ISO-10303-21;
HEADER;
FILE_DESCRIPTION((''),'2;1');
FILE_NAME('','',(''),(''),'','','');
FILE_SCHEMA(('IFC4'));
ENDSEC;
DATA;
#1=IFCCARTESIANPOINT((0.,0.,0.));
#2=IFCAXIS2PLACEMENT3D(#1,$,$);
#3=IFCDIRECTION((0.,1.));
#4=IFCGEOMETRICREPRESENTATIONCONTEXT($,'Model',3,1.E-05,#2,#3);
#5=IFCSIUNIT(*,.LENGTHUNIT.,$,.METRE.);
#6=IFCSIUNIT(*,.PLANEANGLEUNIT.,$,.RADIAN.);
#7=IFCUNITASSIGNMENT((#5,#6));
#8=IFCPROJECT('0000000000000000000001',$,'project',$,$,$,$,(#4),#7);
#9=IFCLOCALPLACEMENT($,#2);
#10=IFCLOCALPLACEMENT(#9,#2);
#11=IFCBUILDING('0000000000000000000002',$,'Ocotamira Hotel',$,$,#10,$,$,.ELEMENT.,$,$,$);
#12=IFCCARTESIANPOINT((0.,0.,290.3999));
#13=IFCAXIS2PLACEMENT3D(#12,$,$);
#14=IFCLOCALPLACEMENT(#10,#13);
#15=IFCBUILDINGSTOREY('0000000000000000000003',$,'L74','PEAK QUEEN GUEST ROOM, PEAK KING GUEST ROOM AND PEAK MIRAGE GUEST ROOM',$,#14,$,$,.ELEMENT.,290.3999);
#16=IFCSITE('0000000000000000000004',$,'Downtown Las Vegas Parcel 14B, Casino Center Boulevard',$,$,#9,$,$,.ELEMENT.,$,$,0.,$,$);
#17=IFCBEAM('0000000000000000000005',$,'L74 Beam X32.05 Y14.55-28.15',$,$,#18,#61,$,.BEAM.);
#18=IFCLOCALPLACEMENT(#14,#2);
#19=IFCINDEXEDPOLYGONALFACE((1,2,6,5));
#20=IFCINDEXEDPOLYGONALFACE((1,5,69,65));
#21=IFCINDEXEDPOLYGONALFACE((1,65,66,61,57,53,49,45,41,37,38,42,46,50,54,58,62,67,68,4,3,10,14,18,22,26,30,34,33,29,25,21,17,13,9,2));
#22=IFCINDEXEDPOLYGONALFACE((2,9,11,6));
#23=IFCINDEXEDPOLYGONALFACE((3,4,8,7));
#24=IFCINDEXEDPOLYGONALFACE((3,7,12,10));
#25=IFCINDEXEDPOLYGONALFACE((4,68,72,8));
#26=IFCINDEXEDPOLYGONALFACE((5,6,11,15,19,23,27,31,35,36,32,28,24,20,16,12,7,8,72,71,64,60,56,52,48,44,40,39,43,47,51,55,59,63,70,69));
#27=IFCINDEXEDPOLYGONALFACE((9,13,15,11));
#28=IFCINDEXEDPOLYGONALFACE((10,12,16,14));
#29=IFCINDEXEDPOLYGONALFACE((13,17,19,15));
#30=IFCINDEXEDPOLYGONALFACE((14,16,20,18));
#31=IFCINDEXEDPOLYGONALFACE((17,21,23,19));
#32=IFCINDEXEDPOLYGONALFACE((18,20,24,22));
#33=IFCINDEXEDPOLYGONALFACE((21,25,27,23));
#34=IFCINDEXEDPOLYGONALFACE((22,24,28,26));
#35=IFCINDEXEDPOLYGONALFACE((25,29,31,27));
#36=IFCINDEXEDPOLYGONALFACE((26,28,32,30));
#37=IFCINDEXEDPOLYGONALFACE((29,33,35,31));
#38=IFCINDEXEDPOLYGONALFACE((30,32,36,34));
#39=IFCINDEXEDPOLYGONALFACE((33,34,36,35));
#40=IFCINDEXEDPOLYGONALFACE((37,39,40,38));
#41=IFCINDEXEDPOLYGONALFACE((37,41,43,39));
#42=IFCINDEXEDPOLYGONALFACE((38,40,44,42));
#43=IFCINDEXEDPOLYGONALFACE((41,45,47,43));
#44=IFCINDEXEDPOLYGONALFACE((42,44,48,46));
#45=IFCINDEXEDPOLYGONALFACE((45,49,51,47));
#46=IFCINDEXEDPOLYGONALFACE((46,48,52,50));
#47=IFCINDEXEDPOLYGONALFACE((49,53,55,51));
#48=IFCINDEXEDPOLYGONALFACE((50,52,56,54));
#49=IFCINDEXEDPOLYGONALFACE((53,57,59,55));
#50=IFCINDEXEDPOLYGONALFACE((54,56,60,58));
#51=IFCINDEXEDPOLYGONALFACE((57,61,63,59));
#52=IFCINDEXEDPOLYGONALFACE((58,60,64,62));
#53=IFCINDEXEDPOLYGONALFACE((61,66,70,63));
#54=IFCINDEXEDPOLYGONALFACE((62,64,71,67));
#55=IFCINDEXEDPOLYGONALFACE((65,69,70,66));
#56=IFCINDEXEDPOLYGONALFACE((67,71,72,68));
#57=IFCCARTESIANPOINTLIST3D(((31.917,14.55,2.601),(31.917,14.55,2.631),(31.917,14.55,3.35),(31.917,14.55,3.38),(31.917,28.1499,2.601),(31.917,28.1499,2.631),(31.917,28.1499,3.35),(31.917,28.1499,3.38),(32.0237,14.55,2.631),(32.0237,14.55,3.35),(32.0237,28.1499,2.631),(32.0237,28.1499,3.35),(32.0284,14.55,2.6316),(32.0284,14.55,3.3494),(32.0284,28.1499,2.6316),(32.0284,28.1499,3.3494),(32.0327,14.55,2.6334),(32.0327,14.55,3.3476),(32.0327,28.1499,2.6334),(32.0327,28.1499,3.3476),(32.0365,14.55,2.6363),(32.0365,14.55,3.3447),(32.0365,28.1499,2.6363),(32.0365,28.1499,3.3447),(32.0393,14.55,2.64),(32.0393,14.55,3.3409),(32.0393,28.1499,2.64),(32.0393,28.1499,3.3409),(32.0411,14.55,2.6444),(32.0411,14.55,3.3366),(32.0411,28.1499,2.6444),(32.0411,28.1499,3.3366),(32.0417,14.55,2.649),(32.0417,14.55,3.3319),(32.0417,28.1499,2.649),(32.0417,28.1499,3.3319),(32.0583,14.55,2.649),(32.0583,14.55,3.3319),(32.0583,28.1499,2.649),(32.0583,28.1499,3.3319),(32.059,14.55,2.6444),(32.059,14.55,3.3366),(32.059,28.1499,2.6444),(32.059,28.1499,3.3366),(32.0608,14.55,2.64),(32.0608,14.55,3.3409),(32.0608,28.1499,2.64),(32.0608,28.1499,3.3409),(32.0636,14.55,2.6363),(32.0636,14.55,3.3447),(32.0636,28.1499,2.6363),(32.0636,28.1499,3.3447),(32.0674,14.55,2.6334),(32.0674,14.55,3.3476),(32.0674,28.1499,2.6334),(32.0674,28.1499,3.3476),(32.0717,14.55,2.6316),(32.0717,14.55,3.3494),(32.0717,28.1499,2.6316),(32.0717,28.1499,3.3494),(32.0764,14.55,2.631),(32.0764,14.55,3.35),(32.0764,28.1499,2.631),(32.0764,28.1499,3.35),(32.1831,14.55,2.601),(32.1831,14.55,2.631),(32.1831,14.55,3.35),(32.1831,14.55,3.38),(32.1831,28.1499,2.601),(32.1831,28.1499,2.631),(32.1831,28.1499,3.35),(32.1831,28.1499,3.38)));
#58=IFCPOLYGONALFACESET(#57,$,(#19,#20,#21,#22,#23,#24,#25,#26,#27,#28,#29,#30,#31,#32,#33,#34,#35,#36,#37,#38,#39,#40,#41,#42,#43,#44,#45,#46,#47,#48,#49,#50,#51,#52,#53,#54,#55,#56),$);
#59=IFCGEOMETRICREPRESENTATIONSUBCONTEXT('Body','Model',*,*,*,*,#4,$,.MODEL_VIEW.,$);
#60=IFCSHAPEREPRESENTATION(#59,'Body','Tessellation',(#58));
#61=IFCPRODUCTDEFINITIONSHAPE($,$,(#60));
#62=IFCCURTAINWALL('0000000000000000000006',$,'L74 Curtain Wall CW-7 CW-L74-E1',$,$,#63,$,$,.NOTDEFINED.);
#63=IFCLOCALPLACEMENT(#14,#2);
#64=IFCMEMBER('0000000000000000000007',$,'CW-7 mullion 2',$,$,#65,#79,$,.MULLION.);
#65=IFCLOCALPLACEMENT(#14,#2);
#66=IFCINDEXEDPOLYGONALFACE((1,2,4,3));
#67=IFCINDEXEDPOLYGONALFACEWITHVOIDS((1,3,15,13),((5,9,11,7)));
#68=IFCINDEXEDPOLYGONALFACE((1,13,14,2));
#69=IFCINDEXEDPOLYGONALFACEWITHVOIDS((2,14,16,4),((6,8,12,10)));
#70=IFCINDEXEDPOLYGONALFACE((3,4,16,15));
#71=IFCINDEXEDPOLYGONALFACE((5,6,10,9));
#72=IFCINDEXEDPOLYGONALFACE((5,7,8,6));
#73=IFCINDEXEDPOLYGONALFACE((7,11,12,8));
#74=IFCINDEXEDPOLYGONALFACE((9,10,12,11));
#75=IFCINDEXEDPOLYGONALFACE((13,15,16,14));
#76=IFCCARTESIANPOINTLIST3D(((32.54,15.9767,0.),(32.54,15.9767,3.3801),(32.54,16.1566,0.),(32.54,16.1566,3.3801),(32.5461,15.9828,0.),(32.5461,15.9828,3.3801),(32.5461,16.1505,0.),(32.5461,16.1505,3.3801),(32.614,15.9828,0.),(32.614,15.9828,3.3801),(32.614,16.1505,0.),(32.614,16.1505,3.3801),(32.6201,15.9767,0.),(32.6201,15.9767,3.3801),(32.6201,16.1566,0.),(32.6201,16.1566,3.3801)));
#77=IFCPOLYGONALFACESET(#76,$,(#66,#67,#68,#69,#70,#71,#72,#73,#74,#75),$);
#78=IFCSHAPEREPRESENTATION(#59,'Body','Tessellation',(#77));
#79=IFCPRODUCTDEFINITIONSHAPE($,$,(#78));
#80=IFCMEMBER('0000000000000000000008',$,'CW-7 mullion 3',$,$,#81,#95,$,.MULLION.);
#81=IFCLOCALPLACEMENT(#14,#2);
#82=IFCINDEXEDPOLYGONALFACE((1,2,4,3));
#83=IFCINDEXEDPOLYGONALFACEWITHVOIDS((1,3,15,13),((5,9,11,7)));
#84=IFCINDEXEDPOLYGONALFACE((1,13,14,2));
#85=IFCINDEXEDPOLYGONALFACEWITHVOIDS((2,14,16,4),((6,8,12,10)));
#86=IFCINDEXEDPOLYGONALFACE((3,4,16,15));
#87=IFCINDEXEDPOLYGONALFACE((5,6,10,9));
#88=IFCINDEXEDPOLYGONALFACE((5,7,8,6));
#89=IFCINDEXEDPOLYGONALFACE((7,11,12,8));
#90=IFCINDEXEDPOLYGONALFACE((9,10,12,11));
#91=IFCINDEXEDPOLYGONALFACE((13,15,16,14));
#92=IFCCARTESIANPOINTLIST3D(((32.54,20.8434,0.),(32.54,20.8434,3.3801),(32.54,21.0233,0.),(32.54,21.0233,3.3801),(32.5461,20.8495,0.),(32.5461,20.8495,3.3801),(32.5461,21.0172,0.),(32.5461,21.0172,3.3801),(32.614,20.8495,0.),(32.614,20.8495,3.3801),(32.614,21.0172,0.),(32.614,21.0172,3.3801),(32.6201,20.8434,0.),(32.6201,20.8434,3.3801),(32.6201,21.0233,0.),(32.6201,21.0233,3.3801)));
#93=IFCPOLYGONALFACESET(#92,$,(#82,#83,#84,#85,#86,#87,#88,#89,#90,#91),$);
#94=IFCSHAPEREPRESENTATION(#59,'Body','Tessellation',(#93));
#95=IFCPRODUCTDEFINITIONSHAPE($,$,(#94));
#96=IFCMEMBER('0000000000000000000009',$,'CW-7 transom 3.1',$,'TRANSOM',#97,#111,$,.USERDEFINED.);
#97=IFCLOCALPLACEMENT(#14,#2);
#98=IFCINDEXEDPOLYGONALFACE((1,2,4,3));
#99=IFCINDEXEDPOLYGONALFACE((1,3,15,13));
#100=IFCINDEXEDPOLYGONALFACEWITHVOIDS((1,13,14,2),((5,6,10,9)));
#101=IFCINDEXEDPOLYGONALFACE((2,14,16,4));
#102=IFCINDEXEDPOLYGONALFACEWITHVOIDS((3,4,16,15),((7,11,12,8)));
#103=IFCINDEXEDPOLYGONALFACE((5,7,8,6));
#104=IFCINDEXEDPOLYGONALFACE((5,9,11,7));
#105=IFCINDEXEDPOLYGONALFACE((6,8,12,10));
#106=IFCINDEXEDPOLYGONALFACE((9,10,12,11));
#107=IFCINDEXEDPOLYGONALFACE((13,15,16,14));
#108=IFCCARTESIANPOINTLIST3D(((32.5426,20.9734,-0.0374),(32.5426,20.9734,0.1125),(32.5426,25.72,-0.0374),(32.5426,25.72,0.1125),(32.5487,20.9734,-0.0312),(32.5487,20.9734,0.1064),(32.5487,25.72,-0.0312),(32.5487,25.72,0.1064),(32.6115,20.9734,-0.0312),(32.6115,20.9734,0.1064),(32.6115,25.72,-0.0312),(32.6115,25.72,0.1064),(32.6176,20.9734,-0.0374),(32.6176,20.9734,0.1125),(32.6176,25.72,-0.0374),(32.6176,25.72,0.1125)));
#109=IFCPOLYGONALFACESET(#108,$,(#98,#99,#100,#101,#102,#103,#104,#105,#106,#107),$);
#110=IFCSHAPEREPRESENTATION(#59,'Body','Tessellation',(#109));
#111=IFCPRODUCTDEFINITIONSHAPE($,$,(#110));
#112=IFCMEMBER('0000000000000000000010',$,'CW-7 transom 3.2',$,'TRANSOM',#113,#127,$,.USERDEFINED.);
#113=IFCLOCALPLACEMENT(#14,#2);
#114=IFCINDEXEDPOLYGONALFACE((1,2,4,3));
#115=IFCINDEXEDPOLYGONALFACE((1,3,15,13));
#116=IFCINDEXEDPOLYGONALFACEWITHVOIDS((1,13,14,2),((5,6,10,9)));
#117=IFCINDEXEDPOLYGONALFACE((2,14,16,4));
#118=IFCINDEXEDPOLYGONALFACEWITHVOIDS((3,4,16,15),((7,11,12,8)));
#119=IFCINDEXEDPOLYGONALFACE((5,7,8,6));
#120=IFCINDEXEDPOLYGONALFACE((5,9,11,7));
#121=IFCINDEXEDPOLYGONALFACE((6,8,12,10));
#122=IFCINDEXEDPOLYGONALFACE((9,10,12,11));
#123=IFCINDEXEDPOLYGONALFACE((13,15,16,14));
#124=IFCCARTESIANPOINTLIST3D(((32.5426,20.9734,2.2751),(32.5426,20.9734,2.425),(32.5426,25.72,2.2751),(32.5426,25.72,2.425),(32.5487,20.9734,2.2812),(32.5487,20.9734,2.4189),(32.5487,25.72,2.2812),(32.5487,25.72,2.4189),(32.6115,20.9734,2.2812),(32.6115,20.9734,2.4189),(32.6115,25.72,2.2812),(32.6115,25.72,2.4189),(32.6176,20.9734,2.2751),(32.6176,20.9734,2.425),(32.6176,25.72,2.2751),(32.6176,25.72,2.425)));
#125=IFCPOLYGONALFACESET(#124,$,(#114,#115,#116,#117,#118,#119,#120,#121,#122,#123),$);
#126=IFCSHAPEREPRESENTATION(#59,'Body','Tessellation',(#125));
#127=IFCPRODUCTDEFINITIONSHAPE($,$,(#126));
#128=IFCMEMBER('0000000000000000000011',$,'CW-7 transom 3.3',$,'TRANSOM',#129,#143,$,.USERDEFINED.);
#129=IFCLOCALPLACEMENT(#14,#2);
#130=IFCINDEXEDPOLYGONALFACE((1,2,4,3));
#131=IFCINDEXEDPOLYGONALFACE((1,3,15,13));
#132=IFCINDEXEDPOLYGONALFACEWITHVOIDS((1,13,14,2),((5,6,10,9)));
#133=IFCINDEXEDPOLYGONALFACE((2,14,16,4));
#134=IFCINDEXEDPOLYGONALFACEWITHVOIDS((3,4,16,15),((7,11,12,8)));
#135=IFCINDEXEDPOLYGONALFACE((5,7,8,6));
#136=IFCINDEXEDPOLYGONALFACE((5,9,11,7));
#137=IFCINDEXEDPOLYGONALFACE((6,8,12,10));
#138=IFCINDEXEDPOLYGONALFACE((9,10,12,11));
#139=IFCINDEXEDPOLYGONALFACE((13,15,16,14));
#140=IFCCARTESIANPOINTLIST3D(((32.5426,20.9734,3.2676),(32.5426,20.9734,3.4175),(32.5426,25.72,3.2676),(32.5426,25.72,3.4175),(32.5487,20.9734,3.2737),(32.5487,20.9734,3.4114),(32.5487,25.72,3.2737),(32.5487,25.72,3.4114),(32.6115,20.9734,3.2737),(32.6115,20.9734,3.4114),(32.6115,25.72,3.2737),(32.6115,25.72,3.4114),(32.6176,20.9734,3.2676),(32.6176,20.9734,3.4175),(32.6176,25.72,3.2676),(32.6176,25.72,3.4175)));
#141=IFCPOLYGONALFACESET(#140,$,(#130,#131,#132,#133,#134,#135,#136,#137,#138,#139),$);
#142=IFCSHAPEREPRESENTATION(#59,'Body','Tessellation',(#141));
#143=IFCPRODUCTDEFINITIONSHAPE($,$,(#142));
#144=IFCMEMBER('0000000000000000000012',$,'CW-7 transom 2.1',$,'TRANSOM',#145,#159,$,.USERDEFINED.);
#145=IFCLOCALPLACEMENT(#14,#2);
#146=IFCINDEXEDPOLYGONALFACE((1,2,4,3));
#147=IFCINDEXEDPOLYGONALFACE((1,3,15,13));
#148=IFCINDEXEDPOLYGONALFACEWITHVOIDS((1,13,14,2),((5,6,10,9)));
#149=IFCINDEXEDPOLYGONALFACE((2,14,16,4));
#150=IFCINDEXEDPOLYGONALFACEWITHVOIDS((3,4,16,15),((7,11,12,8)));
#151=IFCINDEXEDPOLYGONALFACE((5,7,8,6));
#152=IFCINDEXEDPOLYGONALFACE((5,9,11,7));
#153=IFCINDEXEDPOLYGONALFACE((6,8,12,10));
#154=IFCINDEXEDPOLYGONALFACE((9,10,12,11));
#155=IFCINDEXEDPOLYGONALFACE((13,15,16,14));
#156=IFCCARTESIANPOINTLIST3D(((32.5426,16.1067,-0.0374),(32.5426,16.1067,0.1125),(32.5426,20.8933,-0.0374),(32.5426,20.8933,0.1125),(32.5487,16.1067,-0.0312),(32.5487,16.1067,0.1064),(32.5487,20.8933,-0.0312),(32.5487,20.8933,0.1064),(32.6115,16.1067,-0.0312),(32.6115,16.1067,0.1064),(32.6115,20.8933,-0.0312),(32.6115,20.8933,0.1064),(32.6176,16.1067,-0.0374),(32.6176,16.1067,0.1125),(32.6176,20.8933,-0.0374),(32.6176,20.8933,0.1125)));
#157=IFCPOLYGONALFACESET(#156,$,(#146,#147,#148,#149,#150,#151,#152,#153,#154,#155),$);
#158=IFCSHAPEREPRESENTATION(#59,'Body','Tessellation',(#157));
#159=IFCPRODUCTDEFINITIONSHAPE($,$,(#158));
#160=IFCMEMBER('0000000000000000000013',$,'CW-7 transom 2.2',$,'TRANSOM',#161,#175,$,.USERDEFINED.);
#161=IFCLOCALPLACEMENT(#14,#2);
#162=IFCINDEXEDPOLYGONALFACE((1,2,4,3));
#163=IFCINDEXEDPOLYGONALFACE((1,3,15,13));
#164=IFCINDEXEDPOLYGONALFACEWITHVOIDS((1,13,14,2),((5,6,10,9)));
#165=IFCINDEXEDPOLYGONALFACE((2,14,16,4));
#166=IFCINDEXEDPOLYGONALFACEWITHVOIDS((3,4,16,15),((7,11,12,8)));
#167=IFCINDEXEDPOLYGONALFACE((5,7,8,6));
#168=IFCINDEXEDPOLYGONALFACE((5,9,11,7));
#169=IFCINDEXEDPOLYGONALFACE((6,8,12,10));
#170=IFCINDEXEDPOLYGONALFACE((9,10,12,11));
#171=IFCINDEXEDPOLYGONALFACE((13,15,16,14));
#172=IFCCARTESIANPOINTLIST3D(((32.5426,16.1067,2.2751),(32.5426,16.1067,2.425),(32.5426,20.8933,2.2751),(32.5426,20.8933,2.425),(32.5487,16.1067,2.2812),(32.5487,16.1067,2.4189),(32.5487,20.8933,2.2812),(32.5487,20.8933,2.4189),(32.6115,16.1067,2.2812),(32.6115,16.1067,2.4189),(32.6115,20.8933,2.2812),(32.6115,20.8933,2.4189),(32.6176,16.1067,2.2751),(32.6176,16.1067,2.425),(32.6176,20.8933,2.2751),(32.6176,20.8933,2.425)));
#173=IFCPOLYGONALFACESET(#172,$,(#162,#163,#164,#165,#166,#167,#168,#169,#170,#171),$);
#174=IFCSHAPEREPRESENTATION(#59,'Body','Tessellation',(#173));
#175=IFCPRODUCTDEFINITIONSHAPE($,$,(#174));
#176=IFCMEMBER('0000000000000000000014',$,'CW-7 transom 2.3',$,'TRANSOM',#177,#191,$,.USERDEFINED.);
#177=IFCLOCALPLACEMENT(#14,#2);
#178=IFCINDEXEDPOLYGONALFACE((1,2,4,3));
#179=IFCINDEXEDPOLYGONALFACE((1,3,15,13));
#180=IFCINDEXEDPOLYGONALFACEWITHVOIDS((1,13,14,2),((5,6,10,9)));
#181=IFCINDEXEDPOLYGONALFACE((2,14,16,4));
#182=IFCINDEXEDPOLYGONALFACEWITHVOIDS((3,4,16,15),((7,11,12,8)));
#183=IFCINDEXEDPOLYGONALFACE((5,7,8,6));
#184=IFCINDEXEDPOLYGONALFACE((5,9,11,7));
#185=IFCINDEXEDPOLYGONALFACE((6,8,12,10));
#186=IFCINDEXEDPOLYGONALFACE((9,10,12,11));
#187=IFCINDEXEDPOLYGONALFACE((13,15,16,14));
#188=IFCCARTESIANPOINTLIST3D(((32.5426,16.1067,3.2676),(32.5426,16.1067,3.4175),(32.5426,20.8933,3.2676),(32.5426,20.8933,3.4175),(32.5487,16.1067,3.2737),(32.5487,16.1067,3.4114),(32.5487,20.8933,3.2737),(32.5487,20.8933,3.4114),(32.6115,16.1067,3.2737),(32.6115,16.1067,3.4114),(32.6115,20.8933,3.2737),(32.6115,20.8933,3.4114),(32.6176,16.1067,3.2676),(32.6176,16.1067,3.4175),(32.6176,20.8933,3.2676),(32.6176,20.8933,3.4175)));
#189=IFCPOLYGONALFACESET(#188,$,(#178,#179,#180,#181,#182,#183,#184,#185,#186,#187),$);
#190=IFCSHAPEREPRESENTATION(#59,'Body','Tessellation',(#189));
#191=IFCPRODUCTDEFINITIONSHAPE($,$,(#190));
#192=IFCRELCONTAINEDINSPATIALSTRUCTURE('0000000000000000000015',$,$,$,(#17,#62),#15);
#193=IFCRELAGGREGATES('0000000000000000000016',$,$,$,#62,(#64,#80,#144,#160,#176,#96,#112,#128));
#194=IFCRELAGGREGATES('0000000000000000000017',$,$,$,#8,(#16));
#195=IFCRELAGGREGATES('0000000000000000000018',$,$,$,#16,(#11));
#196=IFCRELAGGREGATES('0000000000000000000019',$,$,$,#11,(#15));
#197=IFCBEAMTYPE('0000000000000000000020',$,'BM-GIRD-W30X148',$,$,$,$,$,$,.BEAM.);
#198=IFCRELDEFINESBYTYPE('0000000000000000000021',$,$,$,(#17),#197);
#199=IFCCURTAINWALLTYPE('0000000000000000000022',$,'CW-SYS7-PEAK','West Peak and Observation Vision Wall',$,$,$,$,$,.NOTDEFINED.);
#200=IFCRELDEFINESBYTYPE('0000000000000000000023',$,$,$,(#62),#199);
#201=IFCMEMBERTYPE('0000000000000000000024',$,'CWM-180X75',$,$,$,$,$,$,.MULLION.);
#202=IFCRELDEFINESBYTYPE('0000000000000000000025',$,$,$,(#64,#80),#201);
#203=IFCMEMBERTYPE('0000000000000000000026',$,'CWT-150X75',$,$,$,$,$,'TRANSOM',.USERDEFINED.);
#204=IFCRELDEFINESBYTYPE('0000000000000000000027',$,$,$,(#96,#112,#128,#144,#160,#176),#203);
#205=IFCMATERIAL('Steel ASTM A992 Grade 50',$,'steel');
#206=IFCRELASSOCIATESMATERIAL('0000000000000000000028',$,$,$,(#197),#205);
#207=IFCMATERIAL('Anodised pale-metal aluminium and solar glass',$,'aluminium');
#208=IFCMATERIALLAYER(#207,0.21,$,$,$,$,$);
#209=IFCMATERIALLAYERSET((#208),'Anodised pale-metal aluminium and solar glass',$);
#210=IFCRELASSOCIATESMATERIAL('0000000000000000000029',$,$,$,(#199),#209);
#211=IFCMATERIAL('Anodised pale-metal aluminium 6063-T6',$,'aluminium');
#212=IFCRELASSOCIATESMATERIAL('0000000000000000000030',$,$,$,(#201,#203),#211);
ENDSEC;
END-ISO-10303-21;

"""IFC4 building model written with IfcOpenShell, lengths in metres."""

from ifc_helpers import new_model, si_unit, direction, frame, origin, origin_2d, place, context, subcontext, project, spatial, hollow_rectangle, i_section, extrude, source, transform, mapped, material, layer, layer_set, material_profile, profile_set, type_object, element, aggregate, save


model = new_model("IFC4")

# Units and contexts
model_context = context("Model", 3, precision=1e-05, world=origin(), true_north=direction((0.0, 1.0)))
body_context = subcontext(model_context, "Body", "Model", "MODEL_VIEW")
ifc_project = project(units=[si_unit("LENGTHUNIT", "METRE"), si_unit("PLANEANGLEUNIT", "RADIAN")], contexts=[model_context])

# Site, building, storey
site_placement = place(None, origin())
site = spatial("IfcSite", under=ifc_project, at=site_placement, Name="Downtown Las Vegas Parcel 14B, Casino Center Boulevard", CompositionType="ELEMENT", RefElevation=0.0)
building_placement = place(site_placement, origin())
building = spatial("IfcBuilding", under=site, at=building_placement, Name="Ocotamira Hotel", CompositionType="ELEMENT")
storey_placement = place(building_placement, frame((0.0, 0.0, 290.3999)))
storey = spatial("IfcBuildingStorey", under=building, at=storey_placement, Name="L74", Description="PEAK QUEEN GUEST ROOM, PEAK KING GUEST ROOM AND PEAK MIRAGE GUEST ROOM", CompositionType="ELEMENT", Elevation=290.3999)

# Beam
ifc_material_1 = material(Name="Steel ASTM A992 Grade 50", Category="steel")
ifc_material_profile_1 = material_profile(ifc_material_1, i_section(OverallWidth=0.2661, OverallDepth=0.7791, WebThickness=0.0166, FlangeThickness=0.03, FilletRadius=0.0181, at=origin_2d()), Name="W30X148")
ifc_profile_set_1 = profile_set([ifc_material_profile_1], Name="Steel ASTM A992 Grade 50")
beam_type = type_object("IfcBeamType", Name="BM-GIRD-W30X148", PredefinedType="BEAM", material=ifc_profile_set_1)
shared_shape_1 = source(origin(), body_context, "Body", "SweptSolid", [
    extrude(i_section(OverallWidth=0.2661, OverallDepth=0.7791, WebThickness=0.0166, FlangeThickness=0.03, FilletRadius=0.0181, at=origin_2d()), origin(), (0.0, 0.0, 1.0), 13.5999),
])
beam_placement = place(storey_placement, frame((32.05, 14.55, 2.9905), z_axis=(0.0, 1.0, 0.0), x_axis=(-1.0, 0.0, 0.0)))
element("IfcBeam", 1, at=beam_placement, inside=storey, type_object=beam_type, Name="L74 Beam X32.05 Y14.55-28.15", PredefinedType="BEAM", context=body_context, shape_type="MappedRepresentation", body=[
    mapped(shared_shape_1, transform((0.0, 0.0, 0.0), scale=1.0)),
])

# Curtain wall, members
ifc_material_2 = material(Name="Anodised pale-metal aluminium and solar glass", Category="aluminium")
ifc_layer_1 = layer(ifc_material_2, 0.21)
ifc_layer_set_1 = layer_set([ifc_layer_1], Name="Anodised pale-metal aluminium and solar glass")
curtain_wall_type = type_object("IfcCurtainWallType", Name="CW-SYS7-PEAK", Description="West Peak and Observation Vision Wall", PredefinedType="NOTDEFINED", material=ifc_layer_set_1)
curtain_wall_placement = place(storey_placement, origin())
curtain_wall = element("IfcCurtainWall", 2, at=curtain_wall_placement, inside=storey, type_object=curtain_wall_type, Name="L74 Curtain Wall CW-7 CW-L74-E1", PredefinedType="NOTDEFINED")
ifc_material_3 = material(Name="Anodised pale-metal aluminium 6063-T6", Category="aluminium")
ifc_material_profile_2 = material_profile(ifc_material_3, hollow_rectangle(XDim=0.0801, YDim=0.1799, WallThickness=0.0061, at=origin_2d()), Name="HSS180X80X6")
ifc_profile_set_2 = profile_set([ifc_material_profile_2], Name="Anodised pale-metal aluminium 6063-T6")
member_type_1 = type_object("IfcMemberType", Name="CWM-180X75", PredefinedType="MULLION", material=ifc_profile_set_2)
shared_shape_2 = source(origin(), body_context, "Body", "SweptSolid", [
    extrude(hollow_rectangle(XDim=0.0801, YDim=0.1799, WallThickness=0.0061, at=origin_2d()), origin(), (0.0, 0.0, 1.0), 3.3801),
])
member_1_placement = place(storey_placement, frame((32.5801, 16.0667, 0.0), z_axis=(0.0, 0.0, 1.0), x_axis=(-1.0, 0.0, 0.0)))
member_1 = element("IfcMember", 3, at=member_1_placement, type_object=member_type_1, Name="CW-7 mullion 2", PredefinedType="MULLION", context=body_context, shape_type="MappedRepresentation", body=[
    mapped(shared_shape_2, transform((0.0, 0.0, 0.0), scale=1.0)),
])
member_2_placement = place(storey_placement, frame((32.5801, 20.9333, 0.0), z_axis=(0.0, 0.0, 1.0), x_axis=(-1.0, 0.0, 0.0)))
member_2 = element("IfcMember", 4, at=member_2_placement, type_object=member_type_1, Name="CW-7 mullion 3", PredefinedType="MULLION", context=body_context, shape_type="MappedRepresentation", body=[
    mapped(shared_shape_2, transform((0.0, 0.0, 0.0), scale=1.0)),
])
ifc_material_profile_3 = material_profile(ifc_material_3, hollow_rectangle(XDim=0.075, YDim=0.1499, WallThickness=0.0061, at=origin_2d()), Name="HSS150X75X6")
ifc_profile_set_3 = profile_set([ifc_material_profile_3], Name="Anodised pale-metal aluminium 6063-T6")
member_type_2 = type_object("IfcMemberType", Name="CWT-150X75", ElementType="TRANSOM", PredefinedType="USERDEFINED", material=ifc_profile_set_3)
shared_shape_3 = source(origin(), body_context, "Body", "SweptSolid", [
    extrude(hollow_rectangle(XDim=0.075, YDim=0.1499, WallThickness=0.0061, at=origin_2d()), origin(), (0.0, 0.0, 1.0), 4.7466),
])
member_3_placement = place(storey_placement, frame((32.5801, 20.9734, 0.0376), z_axis=(0.0, 1.0, 0.0), x_axis=(-1.0, 0.0, 0.0)))
member_3 = element("IfcMember", 5, at=member_3_placement, type_object=member_type_2, Name="CW-7 transom 3.1", ObjectType="TRANSOM", PredefinedType="USERDEFINED", context=body_context, shape_type="MappedRepresentation", body=[
    mapped(shared_shape_3, transform((0.0, 0.0, 0.0), scale=1.0)),
])
member_4_placement = place(storey_placement, frame((32.5801, 20.9734, 2.3501), z_axis=(0.0, 1.0, 0.0), x_axis=(-1.0, 0.0, 0.0)))
member_4 = element("IfcMember", 6, at=member_4_placement, type_object=member_type_2, Name="CW-7 transom 3.2", ObjectType="TRANSOM", PredefinedType="USERDEFINED", context=body_context, shape_type="MappedRepresentation", body=[
    mapped(shared_shape_3, transform((0.0, 0.0, 0.0), scale=1.0)),
])
member_5_placement = place(storey_placement, frame((32.5801, 20.9734, 3.3425), z_axis=(0.0, 1.0, 0.0), x_axis=(-1.0, 0.0, 0.0)))
member_5 = element("IfcMember", 7, at=member_5_placement, type_object=member_type_2, Name="CW-7 transom 3.3", ObjectType="TRANSOM", PredefinedType="USERDEFINED", context=body_context, shape_type="MappedRepresentation", body=[
    mapped(shared_shape_3, transform((0.0, 0.0, 0.0), scale=1.0)),
])
shared_shape_4 = source(origin(), body_context, "Body", "SweptSolid", [
    extrude(hollow_rectangle(XDim=0.075, YDim=0.1499, WallThickness=0.0061, at=origin_2d()), origin(), (0.0, 0.0, 1.0), 4.7866),
])
member_6_placement = place(storey_placement, frame((32.5801, 16.1067, 0.0376), z_axis=(0.0, 1.0, 0.0), x_axis=(-1.0, 0.0, 0.0)))
member_6 = element("IfcMember", 8, at=member_6_placement, type_object=member_type_2, Name="CW-7 transom 2.1", ObjectType="TRANSOM", PredefinedType="USERDEFINED", context=body_context, shape_type="MappedRepresentation", body=[
    mapped(shared_shape_4, transform((0.0, 0.0, 0.0), scale=1.0)),
])
member_7_placement = place(storey_placement, frame((32.5801, 16.1067, 2.3501), z_axis=(0.0, 1.0, 0.0), x_axis=(-1.0, 0.0, 0.0)))
member_7 = element("IfcMember", 9, at=member_7_placement, type_object=member_type_2, Name="CW-7 transom 2.2", ObjectType="TRANSOM", PredefinedType="USERDEFINED", context=body_context, shape_type="MappedRepresentation", body=[
    mapped(shared_shape_4, transform((0.0, 0.0, 0.0), scale=1.0)),
])
member_8_placement = place(storey_placement, frame((32.5801, 16.1067, 3.3425), z_axis=(0.0, 1.0, 0.0), x_axis=(-1.0, 0.0, 0.0)))
member_8 = element("IfcMember", 10, at=member_8_placement, type_object=member_type_2, Name="CW-7 transom 2.3", ObjectType="TRANSOM", PredefinedType="USERDEFINED", context=body_context, shape_type="MappedRepresentation", body=[
    mapped(shared_shape_4, transform((0.0, 0.0, 0.0), scale=1.0)),
])
aggregate(curtain_wall, [member_1, member_2, member_6, member_7, member_8, member_3, member_4, member_5])

save(model, "model.ifc")
